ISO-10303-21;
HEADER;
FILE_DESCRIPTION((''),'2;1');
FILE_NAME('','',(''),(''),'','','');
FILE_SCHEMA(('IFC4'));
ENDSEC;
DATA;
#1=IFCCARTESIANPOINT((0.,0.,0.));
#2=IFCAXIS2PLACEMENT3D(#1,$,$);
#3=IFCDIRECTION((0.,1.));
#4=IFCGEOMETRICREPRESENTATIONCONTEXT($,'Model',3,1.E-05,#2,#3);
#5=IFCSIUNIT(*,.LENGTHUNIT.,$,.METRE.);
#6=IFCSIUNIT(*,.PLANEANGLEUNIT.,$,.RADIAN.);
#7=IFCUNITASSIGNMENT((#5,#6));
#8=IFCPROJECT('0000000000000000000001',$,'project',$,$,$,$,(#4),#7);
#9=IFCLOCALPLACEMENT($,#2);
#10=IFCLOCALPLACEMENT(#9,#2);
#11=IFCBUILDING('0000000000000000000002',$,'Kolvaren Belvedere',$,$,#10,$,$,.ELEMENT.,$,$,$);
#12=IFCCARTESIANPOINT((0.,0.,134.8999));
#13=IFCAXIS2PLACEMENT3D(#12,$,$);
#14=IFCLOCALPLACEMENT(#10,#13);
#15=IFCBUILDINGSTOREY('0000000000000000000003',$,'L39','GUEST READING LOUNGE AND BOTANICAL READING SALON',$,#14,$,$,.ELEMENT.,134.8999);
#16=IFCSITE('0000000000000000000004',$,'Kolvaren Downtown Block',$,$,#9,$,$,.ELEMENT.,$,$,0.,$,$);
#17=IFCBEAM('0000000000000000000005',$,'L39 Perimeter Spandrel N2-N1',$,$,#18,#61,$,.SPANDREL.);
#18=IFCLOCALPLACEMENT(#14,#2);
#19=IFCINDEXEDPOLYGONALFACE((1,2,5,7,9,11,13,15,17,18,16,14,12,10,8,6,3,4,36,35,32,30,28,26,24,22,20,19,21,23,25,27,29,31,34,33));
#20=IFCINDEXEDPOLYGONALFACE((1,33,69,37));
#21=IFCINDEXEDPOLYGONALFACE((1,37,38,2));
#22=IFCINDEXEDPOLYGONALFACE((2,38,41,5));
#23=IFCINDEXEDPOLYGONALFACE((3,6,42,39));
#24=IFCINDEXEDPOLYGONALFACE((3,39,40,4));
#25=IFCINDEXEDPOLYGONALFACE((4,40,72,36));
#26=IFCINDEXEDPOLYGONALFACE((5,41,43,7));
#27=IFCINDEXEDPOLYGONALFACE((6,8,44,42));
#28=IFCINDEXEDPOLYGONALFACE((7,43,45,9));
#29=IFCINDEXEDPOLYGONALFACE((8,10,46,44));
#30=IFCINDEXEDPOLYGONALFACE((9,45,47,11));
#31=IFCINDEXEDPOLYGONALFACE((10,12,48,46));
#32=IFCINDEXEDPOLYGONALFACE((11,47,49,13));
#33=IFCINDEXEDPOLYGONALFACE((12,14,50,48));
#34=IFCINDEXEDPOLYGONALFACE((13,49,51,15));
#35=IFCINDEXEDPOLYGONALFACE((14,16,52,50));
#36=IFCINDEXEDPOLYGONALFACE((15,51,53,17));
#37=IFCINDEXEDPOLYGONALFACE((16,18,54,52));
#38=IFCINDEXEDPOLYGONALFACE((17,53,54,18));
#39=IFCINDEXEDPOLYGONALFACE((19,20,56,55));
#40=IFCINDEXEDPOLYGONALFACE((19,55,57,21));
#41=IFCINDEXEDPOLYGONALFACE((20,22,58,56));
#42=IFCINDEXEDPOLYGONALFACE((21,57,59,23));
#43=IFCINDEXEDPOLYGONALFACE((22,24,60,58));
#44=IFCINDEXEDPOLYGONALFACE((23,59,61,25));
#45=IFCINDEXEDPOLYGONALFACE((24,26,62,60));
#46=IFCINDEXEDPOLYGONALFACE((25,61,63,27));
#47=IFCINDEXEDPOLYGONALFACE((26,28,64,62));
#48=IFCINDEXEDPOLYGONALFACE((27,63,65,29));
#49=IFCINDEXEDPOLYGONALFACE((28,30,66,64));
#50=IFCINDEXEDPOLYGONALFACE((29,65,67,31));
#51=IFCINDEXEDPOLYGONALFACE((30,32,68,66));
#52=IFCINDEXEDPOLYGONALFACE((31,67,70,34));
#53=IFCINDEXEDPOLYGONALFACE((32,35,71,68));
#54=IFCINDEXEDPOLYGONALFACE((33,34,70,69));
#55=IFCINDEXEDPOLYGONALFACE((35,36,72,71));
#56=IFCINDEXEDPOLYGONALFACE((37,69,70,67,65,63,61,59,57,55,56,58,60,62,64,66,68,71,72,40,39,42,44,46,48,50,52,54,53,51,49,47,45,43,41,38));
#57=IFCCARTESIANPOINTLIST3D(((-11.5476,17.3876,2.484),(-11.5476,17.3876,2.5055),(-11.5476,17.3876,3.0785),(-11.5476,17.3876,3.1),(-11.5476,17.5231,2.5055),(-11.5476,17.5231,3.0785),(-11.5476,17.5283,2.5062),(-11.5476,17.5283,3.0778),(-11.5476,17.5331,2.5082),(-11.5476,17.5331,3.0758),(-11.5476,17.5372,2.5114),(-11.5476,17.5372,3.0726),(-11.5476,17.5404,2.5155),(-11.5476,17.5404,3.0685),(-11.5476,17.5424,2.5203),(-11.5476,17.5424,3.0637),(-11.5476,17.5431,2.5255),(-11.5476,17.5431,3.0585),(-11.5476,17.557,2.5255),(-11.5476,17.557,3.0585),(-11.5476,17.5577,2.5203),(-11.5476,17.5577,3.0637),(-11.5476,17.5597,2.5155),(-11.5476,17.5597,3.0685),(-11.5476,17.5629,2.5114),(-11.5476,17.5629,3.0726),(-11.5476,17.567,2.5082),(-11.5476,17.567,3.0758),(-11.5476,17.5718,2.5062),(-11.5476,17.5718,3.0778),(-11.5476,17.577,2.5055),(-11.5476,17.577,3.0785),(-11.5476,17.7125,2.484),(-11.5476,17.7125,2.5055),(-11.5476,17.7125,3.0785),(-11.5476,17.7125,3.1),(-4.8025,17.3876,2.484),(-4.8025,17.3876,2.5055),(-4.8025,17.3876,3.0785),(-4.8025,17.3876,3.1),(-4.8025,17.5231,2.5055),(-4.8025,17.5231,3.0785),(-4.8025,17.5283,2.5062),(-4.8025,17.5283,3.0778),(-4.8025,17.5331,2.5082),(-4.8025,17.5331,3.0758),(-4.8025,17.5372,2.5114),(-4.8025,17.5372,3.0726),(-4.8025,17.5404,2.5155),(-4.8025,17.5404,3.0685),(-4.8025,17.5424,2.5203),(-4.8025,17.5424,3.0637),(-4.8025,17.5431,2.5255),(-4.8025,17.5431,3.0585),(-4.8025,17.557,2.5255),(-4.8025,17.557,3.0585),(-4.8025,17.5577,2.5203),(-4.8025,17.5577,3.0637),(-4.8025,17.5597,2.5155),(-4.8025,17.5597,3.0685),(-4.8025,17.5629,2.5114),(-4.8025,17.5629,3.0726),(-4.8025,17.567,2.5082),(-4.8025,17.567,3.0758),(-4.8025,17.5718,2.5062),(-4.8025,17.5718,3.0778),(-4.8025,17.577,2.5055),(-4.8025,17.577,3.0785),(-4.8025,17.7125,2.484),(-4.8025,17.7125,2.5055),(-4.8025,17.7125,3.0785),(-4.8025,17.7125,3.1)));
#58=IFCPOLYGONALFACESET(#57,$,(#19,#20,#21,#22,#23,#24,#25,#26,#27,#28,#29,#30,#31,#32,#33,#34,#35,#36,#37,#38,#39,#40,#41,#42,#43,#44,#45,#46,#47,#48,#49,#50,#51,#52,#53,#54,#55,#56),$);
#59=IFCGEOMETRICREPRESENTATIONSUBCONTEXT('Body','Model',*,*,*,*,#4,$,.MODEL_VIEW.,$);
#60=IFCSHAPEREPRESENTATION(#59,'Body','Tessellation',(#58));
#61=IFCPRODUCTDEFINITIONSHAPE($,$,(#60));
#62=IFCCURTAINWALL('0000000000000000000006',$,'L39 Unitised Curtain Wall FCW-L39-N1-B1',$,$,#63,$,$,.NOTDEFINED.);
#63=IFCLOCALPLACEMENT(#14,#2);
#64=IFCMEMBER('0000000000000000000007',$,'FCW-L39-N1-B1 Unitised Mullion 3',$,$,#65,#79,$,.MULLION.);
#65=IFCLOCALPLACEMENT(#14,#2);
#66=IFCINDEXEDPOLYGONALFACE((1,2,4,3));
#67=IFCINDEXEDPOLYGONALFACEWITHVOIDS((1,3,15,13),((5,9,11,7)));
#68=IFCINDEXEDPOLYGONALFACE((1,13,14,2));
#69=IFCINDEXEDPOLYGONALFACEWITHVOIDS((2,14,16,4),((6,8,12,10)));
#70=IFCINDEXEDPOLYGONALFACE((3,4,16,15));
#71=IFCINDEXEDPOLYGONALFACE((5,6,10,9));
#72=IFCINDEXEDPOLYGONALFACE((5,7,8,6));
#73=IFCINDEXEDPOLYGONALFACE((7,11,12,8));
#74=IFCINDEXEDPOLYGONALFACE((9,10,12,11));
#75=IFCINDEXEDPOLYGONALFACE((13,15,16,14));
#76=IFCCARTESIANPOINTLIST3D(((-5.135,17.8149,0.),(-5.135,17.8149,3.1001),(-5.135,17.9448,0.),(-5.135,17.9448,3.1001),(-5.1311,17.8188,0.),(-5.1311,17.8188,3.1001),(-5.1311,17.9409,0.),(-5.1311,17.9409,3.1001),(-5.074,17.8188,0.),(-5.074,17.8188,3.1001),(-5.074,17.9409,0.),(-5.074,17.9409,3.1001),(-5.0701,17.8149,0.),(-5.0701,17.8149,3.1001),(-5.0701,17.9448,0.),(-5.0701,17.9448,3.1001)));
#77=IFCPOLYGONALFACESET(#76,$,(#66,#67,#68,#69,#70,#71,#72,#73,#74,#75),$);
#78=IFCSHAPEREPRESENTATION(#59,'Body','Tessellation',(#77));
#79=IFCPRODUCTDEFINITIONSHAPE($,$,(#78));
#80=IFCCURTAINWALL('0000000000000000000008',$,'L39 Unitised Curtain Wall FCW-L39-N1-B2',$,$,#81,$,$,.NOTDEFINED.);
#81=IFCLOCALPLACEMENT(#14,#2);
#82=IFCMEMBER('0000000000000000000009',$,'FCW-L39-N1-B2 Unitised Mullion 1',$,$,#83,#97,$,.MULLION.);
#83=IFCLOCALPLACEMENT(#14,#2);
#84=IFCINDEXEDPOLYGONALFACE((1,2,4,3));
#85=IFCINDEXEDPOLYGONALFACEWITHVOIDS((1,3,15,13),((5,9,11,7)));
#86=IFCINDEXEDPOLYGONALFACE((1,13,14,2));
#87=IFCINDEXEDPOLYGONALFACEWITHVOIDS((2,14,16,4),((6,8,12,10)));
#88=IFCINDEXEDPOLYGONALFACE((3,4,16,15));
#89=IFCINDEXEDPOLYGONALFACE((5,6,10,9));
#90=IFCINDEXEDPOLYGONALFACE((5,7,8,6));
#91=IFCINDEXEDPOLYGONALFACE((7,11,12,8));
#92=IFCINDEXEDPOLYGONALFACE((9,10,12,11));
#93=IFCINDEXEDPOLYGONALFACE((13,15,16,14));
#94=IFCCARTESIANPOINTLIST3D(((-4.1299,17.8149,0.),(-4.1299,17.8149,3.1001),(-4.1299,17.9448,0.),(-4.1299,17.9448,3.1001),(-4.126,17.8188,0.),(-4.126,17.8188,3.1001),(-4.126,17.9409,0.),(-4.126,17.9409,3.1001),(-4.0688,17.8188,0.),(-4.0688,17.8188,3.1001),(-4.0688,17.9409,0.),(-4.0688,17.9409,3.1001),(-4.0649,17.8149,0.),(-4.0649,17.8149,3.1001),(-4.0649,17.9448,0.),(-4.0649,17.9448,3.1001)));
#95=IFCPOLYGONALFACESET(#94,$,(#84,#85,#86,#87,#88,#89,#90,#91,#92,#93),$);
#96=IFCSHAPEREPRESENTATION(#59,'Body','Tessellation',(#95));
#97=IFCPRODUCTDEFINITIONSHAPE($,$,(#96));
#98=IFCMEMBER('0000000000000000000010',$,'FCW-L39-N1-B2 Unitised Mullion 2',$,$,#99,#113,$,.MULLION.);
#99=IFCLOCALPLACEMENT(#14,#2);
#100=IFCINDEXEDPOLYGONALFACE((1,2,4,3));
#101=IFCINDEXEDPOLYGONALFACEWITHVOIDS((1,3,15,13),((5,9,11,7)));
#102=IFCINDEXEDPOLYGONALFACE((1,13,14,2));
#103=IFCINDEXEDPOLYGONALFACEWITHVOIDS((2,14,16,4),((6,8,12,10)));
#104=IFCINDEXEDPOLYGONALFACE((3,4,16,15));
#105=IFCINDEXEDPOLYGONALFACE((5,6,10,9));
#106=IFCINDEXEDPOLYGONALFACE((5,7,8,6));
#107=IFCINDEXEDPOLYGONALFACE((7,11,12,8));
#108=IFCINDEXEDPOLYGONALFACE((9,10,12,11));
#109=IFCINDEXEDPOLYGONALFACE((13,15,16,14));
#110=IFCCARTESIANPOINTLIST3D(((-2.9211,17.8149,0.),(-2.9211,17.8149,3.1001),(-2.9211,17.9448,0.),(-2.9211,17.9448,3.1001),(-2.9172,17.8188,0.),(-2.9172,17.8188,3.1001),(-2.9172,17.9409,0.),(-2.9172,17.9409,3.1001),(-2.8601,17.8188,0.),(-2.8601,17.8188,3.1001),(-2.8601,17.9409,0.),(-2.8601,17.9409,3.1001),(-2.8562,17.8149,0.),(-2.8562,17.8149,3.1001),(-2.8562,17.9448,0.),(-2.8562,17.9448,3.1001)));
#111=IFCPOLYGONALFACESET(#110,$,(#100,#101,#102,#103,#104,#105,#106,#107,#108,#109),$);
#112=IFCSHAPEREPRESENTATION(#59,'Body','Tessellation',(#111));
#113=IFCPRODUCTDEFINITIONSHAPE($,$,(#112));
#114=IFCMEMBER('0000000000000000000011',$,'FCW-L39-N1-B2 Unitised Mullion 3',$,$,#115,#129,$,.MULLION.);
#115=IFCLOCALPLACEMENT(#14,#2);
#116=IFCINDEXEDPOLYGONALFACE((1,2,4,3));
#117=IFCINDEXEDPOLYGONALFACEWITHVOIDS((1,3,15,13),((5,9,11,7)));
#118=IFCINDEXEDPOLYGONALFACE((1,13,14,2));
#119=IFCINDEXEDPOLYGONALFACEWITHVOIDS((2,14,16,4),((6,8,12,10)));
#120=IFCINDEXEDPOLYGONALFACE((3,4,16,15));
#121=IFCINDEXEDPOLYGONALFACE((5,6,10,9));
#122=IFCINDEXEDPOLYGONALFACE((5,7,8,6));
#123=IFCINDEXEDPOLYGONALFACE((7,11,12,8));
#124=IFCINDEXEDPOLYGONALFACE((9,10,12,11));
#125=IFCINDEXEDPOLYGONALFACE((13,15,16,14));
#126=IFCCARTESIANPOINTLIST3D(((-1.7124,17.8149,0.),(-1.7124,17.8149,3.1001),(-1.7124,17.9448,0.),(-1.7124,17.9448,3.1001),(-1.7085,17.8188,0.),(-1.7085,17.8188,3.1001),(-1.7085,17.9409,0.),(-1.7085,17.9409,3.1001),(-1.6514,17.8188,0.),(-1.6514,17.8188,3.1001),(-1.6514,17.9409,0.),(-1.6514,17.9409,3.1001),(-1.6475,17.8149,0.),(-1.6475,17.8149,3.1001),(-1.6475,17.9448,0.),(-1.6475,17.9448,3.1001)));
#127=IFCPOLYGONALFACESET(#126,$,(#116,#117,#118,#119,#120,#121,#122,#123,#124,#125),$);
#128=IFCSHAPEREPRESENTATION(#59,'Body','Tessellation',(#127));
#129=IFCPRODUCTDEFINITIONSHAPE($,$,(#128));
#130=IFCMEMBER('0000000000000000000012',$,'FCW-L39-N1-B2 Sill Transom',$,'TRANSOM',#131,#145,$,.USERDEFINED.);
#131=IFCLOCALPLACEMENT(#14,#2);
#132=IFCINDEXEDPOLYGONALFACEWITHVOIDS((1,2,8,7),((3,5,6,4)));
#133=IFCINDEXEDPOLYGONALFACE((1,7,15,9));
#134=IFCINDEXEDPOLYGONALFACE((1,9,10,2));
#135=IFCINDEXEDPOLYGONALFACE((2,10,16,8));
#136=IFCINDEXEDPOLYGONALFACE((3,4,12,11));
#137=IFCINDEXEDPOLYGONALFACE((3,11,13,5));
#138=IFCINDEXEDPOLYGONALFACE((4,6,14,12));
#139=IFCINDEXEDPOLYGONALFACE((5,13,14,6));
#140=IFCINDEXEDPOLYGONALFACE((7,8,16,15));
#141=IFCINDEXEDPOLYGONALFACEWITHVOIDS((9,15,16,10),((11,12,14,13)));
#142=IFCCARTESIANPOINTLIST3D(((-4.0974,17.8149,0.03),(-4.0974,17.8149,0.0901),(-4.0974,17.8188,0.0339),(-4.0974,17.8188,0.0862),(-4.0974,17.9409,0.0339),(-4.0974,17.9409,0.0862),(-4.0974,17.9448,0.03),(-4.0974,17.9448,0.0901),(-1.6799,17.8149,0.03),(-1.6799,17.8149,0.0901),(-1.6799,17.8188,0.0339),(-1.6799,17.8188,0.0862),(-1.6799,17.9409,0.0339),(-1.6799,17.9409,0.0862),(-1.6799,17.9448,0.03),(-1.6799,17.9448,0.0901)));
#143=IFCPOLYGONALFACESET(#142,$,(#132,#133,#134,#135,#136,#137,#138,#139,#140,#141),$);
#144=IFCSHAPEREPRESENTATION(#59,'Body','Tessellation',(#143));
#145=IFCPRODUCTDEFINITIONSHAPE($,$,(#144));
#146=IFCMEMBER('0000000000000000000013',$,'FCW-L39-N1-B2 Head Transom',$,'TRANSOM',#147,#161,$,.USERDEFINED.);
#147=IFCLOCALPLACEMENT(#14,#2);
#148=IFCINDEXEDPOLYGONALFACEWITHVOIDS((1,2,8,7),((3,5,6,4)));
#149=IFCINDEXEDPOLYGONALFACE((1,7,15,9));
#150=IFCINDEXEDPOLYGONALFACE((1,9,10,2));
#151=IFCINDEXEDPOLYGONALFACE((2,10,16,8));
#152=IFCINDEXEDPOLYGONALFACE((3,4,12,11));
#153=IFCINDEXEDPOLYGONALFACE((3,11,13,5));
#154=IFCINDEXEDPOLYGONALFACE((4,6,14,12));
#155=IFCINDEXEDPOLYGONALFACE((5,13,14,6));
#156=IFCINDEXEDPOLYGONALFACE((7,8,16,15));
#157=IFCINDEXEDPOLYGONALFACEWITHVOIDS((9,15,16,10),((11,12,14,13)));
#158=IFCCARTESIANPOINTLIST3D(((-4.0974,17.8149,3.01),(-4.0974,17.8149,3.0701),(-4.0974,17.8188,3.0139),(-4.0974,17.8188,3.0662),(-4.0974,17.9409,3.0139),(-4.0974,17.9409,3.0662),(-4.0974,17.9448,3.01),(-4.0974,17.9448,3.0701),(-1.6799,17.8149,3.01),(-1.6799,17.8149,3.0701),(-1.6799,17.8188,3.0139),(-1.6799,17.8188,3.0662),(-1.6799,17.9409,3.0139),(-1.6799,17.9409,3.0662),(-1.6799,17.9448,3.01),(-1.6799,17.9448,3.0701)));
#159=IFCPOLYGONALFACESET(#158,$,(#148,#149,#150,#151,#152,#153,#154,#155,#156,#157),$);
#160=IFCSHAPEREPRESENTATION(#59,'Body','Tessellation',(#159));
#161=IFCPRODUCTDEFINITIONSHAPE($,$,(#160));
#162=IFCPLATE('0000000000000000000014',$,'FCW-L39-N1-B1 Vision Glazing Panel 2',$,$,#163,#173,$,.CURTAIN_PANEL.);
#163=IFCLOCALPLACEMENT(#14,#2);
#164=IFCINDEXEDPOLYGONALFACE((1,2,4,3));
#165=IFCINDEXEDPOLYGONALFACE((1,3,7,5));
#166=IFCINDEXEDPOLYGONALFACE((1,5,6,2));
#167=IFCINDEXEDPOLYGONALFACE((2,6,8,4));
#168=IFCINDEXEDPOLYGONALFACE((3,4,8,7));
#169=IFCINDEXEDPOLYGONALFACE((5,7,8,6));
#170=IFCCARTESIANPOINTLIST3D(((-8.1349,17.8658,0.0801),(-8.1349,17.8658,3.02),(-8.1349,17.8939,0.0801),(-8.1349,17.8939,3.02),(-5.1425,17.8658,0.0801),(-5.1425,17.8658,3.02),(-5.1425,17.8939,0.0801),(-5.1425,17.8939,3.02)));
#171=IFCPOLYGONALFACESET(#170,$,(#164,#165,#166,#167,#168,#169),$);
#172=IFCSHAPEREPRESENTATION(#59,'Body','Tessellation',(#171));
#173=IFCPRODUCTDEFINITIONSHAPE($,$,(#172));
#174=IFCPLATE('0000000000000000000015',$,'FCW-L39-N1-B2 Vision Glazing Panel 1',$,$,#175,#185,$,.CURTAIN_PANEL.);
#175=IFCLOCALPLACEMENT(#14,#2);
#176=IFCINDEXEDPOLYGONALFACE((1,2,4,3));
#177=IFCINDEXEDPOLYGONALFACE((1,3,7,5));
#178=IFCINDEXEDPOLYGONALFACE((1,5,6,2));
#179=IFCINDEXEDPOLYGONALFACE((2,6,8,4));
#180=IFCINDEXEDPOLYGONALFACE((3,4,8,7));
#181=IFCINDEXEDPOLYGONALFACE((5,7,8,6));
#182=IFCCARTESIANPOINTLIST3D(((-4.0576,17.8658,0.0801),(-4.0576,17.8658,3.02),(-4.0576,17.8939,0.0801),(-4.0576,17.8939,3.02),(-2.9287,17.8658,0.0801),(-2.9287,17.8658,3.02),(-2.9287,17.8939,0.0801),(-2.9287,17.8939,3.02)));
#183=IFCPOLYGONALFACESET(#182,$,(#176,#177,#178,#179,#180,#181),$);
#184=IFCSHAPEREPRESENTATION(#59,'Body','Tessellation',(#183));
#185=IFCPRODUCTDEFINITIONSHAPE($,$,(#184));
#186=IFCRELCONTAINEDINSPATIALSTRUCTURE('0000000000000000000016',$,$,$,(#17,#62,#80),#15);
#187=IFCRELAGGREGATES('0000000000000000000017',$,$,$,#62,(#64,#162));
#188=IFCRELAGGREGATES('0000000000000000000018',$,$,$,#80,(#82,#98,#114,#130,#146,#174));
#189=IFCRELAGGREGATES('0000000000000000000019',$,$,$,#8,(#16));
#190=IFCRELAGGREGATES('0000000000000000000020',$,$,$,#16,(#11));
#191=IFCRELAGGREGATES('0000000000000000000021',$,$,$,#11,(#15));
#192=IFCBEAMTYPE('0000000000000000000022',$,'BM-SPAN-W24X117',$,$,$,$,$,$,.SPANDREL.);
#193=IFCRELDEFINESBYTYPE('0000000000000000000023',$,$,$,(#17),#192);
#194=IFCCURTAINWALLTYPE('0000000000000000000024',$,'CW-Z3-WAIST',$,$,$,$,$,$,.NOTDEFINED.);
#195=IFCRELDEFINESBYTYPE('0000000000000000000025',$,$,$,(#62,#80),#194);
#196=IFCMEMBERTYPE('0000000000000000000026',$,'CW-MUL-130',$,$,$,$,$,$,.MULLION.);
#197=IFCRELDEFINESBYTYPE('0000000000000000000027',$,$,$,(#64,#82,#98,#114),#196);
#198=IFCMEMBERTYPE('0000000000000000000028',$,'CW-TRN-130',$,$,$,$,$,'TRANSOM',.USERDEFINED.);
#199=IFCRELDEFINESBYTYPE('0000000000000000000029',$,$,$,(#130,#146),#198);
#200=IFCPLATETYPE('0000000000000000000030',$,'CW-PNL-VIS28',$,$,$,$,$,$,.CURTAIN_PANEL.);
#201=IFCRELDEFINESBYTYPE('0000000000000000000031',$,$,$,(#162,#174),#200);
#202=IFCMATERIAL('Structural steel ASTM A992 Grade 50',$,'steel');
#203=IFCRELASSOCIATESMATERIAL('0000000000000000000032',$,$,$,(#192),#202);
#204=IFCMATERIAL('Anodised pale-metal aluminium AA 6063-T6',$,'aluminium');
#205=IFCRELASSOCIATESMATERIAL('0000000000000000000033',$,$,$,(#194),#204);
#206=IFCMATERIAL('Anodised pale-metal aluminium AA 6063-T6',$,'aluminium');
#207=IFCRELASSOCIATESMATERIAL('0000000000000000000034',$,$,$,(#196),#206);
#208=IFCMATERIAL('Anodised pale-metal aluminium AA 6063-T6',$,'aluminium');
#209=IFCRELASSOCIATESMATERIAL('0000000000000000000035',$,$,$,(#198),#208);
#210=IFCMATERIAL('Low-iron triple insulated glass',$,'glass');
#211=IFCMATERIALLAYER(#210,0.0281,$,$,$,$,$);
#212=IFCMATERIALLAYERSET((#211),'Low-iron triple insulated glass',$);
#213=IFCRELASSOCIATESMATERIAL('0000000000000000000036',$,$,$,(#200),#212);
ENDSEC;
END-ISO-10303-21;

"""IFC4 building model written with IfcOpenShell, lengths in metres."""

from ifc_helpers import new_model, si_unit, direction, frame, origin, origin_2d, place, context, subcontext, project, spatial, rectangle, hollow_rectangle, i_section, extrude, material, layer, layer_set, material_profile, profile_set, type_object, element, aggregate, save


model = new_model("IFC4")

# Units and contexts
model_context = context("Model", 3, precision=1e-05, world=origin(), true_north=direction((0.0, 1.0)))
body_context = subcontext(model_context, "Body", "Model", "MODEL_VIEW")
ifc_project = project(units=[si_unit("LENGTHUNIT", "METRE"), si_unit("PLANEANGLEUNIT", "RADIAN")], contexts=[model_context])

# Site, building, storey
site_placement = place(None, origin())
site = spatial("IfcSite", under=ifc_project, at=site_placement, Name="Kolvaren Downtown Block", CompositionType="ELEMENT", RefElevation=0.0)
building_placement = place(site_placement, origin())
building = spatial("IfcBuilding", under=site, at=building_placement, Name="Kolvaren Belvedere", CompositionType="ELEMENT")
storey_placement = place(building_placement, frame((0.0, 0.0, 134.8999)))
storey = spatial("IfcBuildingStorey", under=building, at=storey_placement, Name="L39", Description="GUEST READING LOUNGE AND BOTANICAL READING SALON", CompositionType="ELEMENT", Elevation=134.8999)

# Beam
ifc_material_1 = material(Name="Structural steel ASTM A992 Grade 50", Category="steel")
ifc_material_profile_1 = material_profile(ifc_material_1, i_section(OverallWidth=0.325, OverallDepth=0.616, WebThickness=0.0139, FlangeThickness=0.0215, FilletRadius=0.02, at=origin_2d()), Name="W24X117")
ifc_profile_set_1 = profile_set([ifc_material_profile_1], Name="Structural steel ASTM A992 Grade 50")
beam_type_1 = type_object("IfcBeamType", Name="BM-SPAN-W24X117", PredefinedType="SPANDREL", material=ifc_profile_set_1)
beam_1_placement = place(storey_placement, frame((-4.8025, 17.55, 2.792), z_axis=(-1.0, 0.0, 0.0), x_axis=(0.0, -1.0, 0.0)))
element("IfcBeam", 1, at=beam_1_placement, inside=storey, type_object=beam_type_1, Name="L39 Perimeter Spandrel N2-N1", PredefinedType="SPANDREL", context=body_context, shape_type="SweptSolid", body=[
    extrude(i_section(OverallWidth=0.325, OverallDepth=0.616, WebThickness=0.0139, FlangeThickness=0.0215, FilletRadius=0.02, at=origin_2d()), origin(), (0.0, 0.0, 1.0), 6.7451),
])

# Curtain wall, member
ifc_material_2 = material(Name="Anodised pale-metal aluminium AA 6063-T6", Category="aluminium")
curtain_wall_type = type_object("IfcCurtainWallType", Name="CW-Z3-WAIST", PredefinedType="NOTDEFINED", material=ifc_material_2)
curtain_wall_1_placement = place(storey_placement, origin())
curtain_wall_1 = element("IfcCurtainWall", 2, at=curtain_wall_1_placement, inside=storey, type_object=curtain_wall_type, Name="L39 Unitised Curtain Wall FCW-L39-N1-B1", PredefinedType="NOTDEFINED")
ifc_material_3 = material(Name="Anodised pale-metal aluminium AA 6063-T6", Category="aluminium")
ifc_material_profile_2 = material_profile(ifc_material_3, hollow_rectangle(XDim=0.0649, YDim=0.1299, WallThickness=0.0039, at=origin_2d()), Name="ALU-MUL-130X65")
ifc_profile_set_2 = profile_set([ifc_material_profile_2], Name="Anodised pale-metal aluminium AA 6063-T6")
member_type_1 = type_object("IfcMemberType", Name="CW-MUL-130", PredefinedType="MULLION", material=ifc_profile_set_2)
member_1_placement = place(storey_placement, frame((-5.1025, 17.8799, 0.0), z_axis=(0.0, 0.0, 1.0), x_axis=(1.0, 0.0, 0.0)))
member_1 = element("IfcMember", 3, at=member_1_placement, type_object=member_type_1, Name="FCW-L39-N1-B1 Unitised Mullion 3", PredefinedType="MULLION", context=body_context, shape_type="SweptSolid", body=[
    extrude(hollow_rectangle(XDim=0.0649, YDim=0.1299, WallThickness=0.0039, at=origin_2d()), origin(), (0.0, 0.0, 1.0), 3.1001),
])

# Curtain wall, members
curtain_wall_2_placement = place(storey_placement, origin())
curtain_wall_2 = element("IfcCurtainWall", 4, at=curtain_wall_2_placement, inside=storey, type_object=curtain_wall_type, Name="L39 Unitised Curtain Wall FCW-L39-N1-B2", PredefinedType="NOTDEFINED")
member_2_placement = place(storey_placement, frame((-4.0974, 17.8799, 0.0), z_axis=(0.0, 0.0, 1.0), x_axis=(1.0, 0.0, 0.0)))
member_2 = element("IfcMember", 5, at=member_2_placement, type_object=member_type_1, Name="FCW-L39-N1-B2 Unitised Mullion 1", PredefinedType="MULLION", context=body_context, shape_type="SweptSolid", body=[
    extrude(hollow_rectangle(XDim=0.0649, YDim=0.1299, WallThickness=0.0039, at=origin_2d()), origin(), (0.0, 0.0, 1.0), 3.1001),
])
member_3_placement = place(storey_placement, frame((-2.8887, 17.8799, 0.0), z_axis=(0.0, 0.0, 1.0), x_axis=(1.0, 0.0, 0.0)))
member_3 = element("IfcMember", 6, at=member_3_placement, type_object=member_type_1, Name="FCW-L39-N1-B2 Unitised Mullion 2", PredefinedType="MULLION", context=body_context, shape_type="SweptSolid", body=[
    extrude(hollow_rectangle(XDim=0.0649, YDim=0.1299, WallThickness=0.0039, at=origin_2d()), origin(), (0.0, 0.0, 1.0), 3.1001),
])
member_4_placement = place(storey_placement, frame((-1.6799, 17.8799, 0.0), z_axis=(0.0, 0.0, 1.0), x_axis=(1.0, 0.0, 0.0)))
member_4 = element("IfcMember", 7, at=member_4_placement, type_object=member_type_1, Name="FCW-L39-N1-B2 Unitised Mullion 3", PredefinedType="MULLION", context=body_context, shape_type="SweptSolid", body=[
    extrude(hollow_rectangle(XDim=0.0649, YDim=0.1299, WallThickness=0.0039, at=origin_2d()), origin(), (0.0, 0.0, 1.0), 3.1001),
])
ifc_material_4 = material(Name="Anodised pale-metal aluminium AA 6063-T6", Category="aluminium")
ifc_material_profile_3 = material_profile(ifc_material_4, hollow_rectangle(XDim=0.0601, YDim=0.1299, WallThickness=0.0039, at=origin_2d()), Name="ALU-TRN-130X60")
ifc_profile_set_3 = profile_set([ifc_material_profile_3], Name="Anodised pale-metal aluminium AA 6063-T6")
member_type_2 = type_object("IfcMemberType", Name="CW-TRN-130", ElementType="TRANSOM", PredefinedType="USERDEFINED", material=ifc_profile_set_3)
member_5_placement = place(storey_placement, frame((-4.0974, 17.8799, 0.0601), z_axis=(1.0, 0.0, 0.0), x_axis=(0.0, 0.0, 1.0)))
member_5 = element("IfcMember", 8, at=member_5_placement, type_object=member_type_2, Name="FCW-L39-N1-B2 Sill Transom", ObjectType="TRANSOM", PredefinedType="USERDEFINED", context=body_context, shape_type="SweptSolid", body=[
    extrude(hollow_rectangle(XDim=0.0601, YDim=0.1299, WallThickness=0.0039, at=origin_2d()), origin(), (0.0, 0.0, 1.0), 2.4175),
])
member_6_placement = place(storey_placement, frame((-4.0974, 17.8799, 3.04), z_axis=(1.0, 0.0, 0.0), x_axis=(0.0, 0.0, 1.0)))
member_6 = element("IfcMember", 9, at=member_6_placement, type_object=member_type_2, Name="FCW-L39-N1-B2 Head Transom", ObjectType="TRANSOM", PredefinedType="USERDEFINED", context=body_context, shape_type="SweptSolid", body=[
    extrude(hollow_rectangle(XDim=0.0601, YDim=0.1299, WallThickness=0.0039, at=origin_2d()), origin(), (0.0, 0.0, 1.0), 2.4175),
])

# Plates
ifc_material_5 = material(Name="Low-iron triple insulated glass", Category="glass")
ifc_layer_1 = layer(ifc_material_5, 0.0281)
ifc_layer_set_1 = layer_set([ifc_layer_1], Name="Low-iron triple insulated glass")
plate_type_1 = type_object("IfcPlateType", Name="CW-PNL-VIS28", PredefinedType="CURTAIN_PANEL", material=ifc_layer_set_1)
plate_1_placement = place(storey_placement, frame((-6.6387, 17.8799, 0.0801), z_axis=(0.0, 0.0, 1.0), x_axis=(1.0, 0.0, 0.0)))
plate_1 = element("IfcPlate", 10, at=plate_1_placement, type_object=plate_type_1, Name="FCW-L39-N1-B1 Vision Glazing Panel 2", PredefinedType="CURTAIN_PANEL", context=body_context, shape_type="SweptSolid", body=[
    extrude(rectangle(XDim=2.9924, YDim=0.0281, at=origin_2d()), origin(), (0.0, 0.0, 1.0), 2.9399),
])
aggregate(curtain_wall_1, [member_1, plate_1])
plate_2_placement = place(storey_placement, frame((-3.4932, 17.8799, 0.0801), z_axis=(0.0, 0.0, 1.0), x_axis=(1.0, 0.0, 0.0)))
plate_2 = element("IfcPlate", 11, at=plate_2_placement, type_object=plate_type_1, Name="FCW-L39-N1-B2 Vision Glazing Panel 1", PredefinedType="CURTAIN_PANEL", context=body_context, shape_type="SweptSolid", body=[
    extrude(rectangle(XDim=1.1289, YDim=0.0281, at=origin_2d()), origin(), (0.0, 0.0, 1.0), 2.9399),
])
aggregate(curtain_wall_2, [member_2, member_3, member_4, member_5, member_6, plate_2])

save(model, "model.ifc")
